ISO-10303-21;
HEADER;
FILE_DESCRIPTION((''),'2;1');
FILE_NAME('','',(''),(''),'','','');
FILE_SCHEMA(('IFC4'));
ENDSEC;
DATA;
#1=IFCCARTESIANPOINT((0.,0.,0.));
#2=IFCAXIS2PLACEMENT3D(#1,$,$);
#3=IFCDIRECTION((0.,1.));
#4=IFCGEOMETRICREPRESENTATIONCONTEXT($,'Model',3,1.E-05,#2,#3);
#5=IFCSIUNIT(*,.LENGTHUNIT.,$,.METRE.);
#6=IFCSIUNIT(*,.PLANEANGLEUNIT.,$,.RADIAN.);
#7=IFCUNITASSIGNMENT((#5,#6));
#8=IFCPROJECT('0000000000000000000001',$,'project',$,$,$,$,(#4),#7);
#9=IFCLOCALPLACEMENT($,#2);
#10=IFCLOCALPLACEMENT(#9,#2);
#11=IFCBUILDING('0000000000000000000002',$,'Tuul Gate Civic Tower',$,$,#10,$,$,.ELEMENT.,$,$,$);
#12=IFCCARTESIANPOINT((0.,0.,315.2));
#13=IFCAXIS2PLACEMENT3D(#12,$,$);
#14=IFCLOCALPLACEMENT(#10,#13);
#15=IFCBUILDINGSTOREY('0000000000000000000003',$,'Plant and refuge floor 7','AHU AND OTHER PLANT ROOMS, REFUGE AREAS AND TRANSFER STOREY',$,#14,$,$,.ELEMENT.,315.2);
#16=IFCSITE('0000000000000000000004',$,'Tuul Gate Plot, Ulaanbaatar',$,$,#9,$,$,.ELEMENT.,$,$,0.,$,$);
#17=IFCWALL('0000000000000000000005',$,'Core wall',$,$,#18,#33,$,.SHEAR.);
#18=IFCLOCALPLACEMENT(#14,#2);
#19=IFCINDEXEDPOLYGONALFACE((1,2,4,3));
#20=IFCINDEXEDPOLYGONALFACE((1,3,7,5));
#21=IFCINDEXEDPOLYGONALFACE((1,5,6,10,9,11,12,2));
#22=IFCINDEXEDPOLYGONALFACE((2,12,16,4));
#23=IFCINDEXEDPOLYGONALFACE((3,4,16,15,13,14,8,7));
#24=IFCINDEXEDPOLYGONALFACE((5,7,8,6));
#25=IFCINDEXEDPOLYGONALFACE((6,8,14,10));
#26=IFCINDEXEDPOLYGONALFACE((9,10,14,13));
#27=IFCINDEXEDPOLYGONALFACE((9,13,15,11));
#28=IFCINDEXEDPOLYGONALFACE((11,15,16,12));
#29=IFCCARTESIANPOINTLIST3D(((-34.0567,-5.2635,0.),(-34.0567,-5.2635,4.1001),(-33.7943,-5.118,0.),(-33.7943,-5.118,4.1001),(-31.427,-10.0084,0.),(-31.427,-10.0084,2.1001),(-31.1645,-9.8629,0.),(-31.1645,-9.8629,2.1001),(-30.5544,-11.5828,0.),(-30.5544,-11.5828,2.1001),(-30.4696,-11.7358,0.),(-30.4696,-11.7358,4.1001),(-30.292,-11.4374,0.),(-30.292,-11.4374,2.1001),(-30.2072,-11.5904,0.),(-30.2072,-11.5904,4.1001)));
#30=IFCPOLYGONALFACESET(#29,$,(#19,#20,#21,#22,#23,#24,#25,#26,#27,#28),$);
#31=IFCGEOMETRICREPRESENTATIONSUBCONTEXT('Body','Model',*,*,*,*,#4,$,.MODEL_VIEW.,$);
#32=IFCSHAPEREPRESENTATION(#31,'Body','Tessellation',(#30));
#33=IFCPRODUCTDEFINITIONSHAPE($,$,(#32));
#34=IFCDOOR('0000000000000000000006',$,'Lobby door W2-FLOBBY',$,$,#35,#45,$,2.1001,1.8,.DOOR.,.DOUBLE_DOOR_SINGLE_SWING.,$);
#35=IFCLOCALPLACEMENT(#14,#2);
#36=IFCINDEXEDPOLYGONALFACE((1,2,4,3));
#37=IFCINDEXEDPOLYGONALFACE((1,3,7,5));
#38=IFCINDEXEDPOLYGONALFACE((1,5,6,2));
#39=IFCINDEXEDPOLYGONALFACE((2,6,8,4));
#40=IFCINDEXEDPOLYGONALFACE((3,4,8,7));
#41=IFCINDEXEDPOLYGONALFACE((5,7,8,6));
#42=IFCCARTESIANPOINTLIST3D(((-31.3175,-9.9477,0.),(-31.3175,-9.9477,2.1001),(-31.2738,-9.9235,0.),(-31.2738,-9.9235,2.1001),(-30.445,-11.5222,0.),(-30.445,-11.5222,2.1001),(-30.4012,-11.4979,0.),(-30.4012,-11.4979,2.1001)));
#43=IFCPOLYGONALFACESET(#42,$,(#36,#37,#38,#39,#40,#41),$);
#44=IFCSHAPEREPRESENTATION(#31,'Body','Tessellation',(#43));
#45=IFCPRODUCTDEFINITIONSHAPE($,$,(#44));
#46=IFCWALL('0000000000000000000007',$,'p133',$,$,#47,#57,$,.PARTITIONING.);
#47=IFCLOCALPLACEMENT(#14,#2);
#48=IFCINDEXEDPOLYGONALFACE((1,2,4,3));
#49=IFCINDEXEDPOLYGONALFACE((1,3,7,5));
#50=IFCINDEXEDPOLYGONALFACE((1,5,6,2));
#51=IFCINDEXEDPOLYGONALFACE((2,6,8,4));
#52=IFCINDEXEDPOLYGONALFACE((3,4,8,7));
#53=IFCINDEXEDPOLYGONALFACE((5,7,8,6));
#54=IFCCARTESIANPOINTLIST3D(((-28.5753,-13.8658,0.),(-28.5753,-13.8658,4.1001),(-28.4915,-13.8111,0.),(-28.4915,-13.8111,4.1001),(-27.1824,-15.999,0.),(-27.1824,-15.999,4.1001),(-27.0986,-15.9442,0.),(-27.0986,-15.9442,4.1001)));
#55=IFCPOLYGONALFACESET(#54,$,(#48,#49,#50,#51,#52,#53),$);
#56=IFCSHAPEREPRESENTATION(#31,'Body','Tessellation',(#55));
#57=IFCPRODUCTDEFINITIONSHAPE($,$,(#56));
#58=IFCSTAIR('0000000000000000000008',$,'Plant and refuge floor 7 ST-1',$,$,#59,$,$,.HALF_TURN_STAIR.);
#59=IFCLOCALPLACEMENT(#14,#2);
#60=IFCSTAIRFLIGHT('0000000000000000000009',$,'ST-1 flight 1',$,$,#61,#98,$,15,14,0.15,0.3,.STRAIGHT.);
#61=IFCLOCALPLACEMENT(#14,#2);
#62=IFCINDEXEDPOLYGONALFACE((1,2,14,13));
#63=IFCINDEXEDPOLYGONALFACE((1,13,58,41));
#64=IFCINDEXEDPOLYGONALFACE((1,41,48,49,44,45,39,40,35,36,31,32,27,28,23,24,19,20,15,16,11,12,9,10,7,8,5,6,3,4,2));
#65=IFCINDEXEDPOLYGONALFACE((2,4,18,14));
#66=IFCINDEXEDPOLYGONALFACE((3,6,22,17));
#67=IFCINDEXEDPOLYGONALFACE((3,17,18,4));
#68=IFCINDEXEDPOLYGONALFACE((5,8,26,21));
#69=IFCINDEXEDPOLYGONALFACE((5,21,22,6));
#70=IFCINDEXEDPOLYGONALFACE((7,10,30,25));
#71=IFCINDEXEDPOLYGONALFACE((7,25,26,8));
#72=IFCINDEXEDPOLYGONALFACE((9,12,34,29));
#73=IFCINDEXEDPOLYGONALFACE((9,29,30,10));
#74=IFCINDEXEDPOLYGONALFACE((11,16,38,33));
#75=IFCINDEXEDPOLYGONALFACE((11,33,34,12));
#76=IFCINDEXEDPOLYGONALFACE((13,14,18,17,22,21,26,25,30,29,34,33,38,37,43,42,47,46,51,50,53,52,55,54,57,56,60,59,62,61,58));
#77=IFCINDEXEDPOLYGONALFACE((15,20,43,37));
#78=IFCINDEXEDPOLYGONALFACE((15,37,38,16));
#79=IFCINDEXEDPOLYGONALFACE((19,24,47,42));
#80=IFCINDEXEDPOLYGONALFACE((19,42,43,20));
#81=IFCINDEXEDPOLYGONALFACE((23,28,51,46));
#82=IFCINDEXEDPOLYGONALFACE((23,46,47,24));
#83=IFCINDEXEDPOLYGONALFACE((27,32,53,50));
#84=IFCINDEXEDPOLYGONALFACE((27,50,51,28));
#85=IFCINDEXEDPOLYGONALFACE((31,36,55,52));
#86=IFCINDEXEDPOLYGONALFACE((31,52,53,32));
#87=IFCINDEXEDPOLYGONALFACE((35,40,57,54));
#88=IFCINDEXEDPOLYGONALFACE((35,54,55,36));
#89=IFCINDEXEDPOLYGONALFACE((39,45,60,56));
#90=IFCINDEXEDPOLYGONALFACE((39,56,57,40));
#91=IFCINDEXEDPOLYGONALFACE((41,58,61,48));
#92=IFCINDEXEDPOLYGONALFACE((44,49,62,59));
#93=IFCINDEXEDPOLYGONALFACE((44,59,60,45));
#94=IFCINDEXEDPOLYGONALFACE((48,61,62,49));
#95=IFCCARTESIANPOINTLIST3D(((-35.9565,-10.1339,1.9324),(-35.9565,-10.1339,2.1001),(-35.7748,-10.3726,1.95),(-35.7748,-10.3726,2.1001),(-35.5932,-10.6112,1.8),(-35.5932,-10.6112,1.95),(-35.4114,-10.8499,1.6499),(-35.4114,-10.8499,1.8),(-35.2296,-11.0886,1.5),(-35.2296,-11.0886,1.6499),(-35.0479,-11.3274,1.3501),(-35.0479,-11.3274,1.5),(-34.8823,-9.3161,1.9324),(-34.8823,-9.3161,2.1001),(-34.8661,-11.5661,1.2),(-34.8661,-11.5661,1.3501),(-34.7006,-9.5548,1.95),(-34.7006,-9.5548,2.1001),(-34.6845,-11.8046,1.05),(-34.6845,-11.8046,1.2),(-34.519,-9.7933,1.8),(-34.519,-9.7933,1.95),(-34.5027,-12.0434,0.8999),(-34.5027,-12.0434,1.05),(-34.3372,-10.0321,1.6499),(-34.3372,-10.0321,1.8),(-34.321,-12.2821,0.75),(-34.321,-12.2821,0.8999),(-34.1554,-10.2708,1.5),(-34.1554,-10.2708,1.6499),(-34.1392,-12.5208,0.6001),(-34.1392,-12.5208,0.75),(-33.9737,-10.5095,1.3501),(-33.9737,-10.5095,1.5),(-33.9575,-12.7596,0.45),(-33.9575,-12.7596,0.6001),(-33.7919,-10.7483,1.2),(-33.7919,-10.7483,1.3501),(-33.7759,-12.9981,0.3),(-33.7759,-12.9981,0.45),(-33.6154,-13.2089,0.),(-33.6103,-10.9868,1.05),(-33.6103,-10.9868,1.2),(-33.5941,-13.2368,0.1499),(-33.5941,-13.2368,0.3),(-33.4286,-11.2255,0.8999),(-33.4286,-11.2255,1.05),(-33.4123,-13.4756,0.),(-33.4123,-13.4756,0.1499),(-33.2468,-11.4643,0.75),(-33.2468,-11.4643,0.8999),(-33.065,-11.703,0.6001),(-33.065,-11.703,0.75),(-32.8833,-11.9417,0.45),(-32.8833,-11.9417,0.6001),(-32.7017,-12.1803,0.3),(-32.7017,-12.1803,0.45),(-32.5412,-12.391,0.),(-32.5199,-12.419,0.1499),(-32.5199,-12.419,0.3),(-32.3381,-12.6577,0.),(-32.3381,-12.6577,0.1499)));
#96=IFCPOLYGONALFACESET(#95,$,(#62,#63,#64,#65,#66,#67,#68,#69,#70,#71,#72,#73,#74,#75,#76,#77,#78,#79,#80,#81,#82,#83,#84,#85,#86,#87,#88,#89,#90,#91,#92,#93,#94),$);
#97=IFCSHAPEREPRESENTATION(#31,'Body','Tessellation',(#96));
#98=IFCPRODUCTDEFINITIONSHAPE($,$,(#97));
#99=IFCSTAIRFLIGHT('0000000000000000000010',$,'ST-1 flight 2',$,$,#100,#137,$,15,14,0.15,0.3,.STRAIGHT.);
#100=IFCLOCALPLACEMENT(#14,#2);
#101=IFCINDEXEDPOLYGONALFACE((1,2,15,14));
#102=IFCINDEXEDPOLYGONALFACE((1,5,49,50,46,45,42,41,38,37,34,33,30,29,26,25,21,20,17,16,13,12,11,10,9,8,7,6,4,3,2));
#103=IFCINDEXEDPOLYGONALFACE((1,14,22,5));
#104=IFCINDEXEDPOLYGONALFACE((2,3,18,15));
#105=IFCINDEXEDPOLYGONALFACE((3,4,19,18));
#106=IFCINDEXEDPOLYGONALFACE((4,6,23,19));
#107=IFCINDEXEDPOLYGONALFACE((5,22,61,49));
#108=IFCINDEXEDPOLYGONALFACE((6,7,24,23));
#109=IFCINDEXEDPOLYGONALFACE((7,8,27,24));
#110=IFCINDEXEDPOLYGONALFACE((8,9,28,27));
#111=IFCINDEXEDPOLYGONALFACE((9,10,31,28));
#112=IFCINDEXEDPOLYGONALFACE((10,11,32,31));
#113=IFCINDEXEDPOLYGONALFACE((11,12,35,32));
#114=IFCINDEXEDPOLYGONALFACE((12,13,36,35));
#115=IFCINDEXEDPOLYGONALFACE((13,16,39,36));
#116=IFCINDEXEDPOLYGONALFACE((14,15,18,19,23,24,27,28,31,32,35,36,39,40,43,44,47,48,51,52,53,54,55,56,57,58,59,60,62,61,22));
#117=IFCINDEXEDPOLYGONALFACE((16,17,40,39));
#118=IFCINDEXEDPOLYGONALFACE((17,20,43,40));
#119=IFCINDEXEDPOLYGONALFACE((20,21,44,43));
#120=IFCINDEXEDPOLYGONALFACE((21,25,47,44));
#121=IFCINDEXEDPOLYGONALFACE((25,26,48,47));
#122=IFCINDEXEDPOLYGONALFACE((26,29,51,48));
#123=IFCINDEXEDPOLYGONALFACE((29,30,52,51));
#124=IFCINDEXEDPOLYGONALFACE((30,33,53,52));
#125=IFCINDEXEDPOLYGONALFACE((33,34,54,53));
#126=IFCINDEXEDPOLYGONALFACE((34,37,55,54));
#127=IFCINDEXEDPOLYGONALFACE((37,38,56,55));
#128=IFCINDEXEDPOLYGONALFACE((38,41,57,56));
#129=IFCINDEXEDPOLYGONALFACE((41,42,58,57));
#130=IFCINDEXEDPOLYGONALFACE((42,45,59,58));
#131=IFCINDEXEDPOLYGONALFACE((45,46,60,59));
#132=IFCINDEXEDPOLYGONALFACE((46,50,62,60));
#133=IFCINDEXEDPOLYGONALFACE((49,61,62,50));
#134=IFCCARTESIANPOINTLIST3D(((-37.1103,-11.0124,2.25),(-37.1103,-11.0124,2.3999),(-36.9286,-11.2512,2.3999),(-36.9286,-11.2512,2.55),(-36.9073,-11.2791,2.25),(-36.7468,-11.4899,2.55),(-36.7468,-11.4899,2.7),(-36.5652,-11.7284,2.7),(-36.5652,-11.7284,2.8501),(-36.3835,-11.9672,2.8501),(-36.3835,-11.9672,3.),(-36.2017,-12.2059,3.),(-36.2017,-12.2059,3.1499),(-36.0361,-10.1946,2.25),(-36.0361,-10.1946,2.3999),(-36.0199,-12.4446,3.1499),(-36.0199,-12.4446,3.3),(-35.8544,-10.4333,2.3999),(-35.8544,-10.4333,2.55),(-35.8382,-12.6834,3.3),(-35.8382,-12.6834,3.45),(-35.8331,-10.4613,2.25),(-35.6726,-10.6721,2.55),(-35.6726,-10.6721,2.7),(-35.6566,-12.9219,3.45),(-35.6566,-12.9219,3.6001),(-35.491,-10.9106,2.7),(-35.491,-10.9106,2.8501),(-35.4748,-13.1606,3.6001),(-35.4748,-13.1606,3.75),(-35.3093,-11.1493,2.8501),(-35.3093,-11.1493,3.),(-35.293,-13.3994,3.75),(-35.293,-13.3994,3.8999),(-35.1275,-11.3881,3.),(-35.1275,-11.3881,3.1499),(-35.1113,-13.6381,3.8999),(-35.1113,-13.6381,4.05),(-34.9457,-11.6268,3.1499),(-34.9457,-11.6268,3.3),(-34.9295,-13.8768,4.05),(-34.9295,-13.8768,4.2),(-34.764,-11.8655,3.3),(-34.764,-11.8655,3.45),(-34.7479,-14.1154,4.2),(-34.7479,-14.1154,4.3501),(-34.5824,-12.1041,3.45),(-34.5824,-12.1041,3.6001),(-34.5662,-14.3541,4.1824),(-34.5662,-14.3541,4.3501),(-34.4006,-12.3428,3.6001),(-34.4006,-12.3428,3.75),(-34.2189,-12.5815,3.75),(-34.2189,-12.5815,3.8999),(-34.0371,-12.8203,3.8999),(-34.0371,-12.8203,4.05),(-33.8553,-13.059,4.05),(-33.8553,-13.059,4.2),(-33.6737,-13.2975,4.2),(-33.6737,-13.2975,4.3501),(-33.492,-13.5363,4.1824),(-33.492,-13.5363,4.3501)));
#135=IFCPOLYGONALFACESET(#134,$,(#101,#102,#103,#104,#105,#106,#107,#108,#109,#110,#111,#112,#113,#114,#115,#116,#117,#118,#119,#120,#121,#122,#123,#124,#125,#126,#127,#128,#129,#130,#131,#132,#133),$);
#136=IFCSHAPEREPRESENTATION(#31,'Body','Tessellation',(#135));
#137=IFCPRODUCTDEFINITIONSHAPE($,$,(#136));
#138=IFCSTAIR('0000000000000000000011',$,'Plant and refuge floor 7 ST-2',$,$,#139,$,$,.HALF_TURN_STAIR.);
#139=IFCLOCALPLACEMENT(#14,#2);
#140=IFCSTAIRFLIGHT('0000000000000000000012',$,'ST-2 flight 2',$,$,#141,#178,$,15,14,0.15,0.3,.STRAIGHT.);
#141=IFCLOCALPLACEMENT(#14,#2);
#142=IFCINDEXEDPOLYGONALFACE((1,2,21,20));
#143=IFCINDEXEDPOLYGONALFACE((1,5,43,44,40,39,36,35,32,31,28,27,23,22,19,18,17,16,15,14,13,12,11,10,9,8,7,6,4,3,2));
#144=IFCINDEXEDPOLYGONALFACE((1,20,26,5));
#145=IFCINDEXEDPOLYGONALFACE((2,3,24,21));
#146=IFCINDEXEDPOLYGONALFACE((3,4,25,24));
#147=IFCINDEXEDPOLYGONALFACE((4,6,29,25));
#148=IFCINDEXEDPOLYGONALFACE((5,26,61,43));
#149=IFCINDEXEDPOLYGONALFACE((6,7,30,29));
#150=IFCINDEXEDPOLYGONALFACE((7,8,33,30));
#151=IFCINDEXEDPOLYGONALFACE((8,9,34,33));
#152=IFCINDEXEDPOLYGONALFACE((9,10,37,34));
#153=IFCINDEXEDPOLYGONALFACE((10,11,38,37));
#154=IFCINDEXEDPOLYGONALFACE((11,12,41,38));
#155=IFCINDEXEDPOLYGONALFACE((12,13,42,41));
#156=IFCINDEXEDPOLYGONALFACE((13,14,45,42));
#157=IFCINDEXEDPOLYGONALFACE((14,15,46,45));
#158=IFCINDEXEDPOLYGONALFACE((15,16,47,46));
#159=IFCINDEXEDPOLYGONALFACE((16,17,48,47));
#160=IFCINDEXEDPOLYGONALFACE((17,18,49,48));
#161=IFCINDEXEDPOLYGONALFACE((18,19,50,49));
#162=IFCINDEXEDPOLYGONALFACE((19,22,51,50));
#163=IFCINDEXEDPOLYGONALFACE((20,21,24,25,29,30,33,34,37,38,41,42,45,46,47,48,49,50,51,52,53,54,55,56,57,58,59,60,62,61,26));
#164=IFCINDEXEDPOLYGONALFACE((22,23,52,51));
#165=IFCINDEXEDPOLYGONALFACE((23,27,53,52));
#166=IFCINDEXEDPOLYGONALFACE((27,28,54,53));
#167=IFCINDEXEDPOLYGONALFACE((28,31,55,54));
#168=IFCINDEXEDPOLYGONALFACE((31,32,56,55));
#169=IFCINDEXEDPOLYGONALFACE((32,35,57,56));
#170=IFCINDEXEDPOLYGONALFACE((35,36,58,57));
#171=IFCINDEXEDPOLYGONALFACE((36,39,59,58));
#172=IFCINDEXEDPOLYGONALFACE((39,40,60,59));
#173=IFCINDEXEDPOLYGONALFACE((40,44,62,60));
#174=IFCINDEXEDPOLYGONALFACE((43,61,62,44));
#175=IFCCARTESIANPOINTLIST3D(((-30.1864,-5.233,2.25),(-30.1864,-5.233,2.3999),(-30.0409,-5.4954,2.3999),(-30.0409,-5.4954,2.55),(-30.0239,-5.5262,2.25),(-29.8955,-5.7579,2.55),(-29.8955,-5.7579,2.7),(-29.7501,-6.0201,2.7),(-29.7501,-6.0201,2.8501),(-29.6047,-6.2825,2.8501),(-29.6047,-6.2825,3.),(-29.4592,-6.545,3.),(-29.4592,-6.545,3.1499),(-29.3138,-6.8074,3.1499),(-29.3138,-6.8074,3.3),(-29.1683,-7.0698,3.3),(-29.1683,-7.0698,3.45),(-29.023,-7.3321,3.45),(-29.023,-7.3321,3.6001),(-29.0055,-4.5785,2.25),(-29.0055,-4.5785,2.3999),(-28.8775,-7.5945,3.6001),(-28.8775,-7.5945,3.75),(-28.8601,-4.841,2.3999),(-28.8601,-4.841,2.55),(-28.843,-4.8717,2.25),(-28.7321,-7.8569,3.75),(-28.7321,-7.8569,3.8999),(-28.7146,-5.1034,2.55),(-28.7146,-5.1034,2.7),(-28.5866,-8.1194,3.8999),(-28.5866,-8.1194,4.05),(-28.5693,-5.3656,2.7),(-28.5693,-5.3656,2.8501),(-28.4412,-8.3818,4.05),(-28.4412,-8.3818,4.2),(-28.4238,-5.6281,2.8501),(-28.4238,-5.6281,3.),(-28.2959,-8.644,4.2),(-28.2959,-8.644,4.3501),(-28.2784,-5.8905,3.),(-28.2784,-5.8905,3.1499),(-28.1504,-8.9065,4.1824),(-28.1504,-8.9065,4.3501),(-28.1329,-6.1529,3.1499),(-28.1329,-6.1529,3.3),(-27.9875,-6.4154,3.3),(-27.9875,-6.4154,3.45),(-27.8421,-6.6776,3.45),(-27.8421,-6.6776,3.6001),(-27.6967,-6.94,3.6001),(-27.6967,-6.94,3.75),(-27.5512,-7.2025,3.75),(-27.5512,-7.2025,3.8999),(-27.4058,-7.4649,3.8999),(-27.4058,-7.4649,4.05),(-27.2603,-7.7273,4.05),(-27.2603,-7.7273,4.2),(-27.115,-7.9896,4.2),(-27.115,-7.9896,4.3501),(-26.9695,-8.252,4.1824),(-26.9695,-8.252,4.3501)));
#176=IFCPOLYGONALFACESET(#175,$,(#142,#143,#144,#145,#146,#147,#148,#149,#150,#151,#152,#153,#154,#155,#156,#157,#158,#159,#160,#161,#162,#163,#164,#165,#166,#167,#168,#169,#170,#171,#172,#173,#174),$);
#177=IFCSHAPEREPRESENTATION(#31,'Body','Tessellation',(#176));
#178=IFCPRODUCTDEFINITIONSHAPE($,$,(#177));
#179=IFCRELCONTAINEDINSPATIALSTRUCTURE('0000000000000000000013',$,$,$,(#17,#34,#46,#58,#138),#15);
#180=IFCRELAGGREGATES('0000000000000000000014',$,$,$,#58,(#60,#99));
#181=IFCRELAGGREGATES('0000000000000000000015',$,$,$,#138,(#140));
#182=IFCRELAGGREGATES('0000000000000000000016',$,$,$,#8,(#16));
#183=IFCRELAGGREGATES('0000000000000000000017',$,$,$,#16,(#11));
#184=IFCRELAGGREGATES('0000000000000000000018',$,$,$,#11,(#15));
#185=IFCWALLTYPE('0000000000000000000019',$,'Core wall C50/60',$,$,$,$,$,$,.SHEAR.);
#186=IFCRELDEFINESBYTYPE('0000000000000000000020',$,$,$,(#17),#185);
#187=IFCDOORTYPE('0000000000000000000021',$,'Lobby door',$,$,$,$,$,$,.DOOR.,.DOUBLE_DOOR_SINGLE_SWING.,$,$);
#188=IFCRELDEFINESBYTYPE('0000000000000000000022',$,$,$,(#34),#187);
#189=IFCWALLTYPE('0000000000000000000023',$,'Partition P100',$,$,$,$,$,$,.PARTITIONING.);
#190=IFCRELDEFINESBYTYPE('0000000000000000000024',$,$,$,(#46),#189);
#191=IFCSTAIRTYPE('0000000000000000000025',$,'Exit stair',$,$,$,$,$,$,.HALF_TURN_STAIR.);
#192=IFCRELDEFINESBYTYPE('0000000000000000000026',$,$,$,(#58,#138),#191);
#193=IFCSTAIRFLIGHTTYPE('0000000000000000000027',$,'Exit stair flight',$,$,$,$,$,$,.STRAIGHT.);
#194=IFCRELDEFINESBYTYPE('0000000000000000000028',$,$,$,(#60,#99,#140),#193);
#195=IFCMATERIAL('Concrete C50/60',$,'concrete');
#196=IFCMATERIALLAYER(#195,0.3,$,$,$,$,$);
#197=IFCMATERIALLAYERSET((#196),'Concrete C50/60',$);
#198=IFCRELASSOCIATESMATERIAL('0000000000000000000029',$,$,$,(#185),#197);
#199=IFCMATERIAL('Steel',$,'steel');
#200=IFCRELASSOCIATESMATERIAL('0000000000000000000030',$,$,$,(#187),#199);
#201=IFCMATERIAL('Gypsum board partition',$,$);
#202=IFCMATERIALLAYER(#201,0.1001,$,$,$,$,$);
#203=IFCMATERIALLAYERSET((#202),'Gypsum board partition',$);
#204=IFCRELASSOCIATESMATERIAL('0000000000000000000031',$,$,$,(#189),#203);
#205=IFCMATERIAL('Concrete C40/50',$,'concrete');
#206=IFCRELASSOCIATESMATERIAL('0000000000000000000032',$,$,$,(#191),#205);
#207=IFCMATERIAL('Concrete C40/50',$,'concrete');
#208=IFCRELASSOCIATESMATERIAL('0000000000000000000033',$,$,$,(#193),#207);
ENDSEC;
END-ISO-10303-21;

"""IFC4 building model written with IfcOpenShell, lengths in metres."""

from ifc_helpers import new_model, si_unit, direction, frame, frame_2d, origin, place, context, subcontext, project, spatial, polyline, rectangle, outline, extrude, material, layer, layer_set, type_object, element, fill, aggregate, save


model = new_model("IFC4")

# Units and contexts
model_context = context("Model", 3, precision=1e-05, world=origin(), true_north=direction((0.0, 1.0)))
body_context = subcontext(model_context, "Body", "Model", "MODEL_VIEW")
ifc_project = project(units=[si_unit("LENGTHUNIT", "METRE"), si_unit("PLANEANGLEUNIT", "RADIAN")], contexts=[model_context])

# Site, building, storey
site_placement = place(None, origin())
site = spatial("IfcSite", under=ifc_project, at=site_placement, Name="Tuul Gate Plot, Ulaanbaatar", CompositionType="ELEMENT", RefElevation=0.0)
building_placement = place(site_placement, origin())
building = spatial("IfcBuilding", under=site, at=building_placement, Name="Tuul Gate Civic Tower", CompositionType="ELEMENT")
storey_placement = place(building_placement, frame((0.0, 0.0, 315.2)))
storey = spatial("IfcBuildingStorey", under=building, at=storey_placement, Name="Plant and refuge floor 7", Description="AHU AND OTHER PLANT ROOMS, REFUGE AREAS AND TRANSFER STOREY", CompositionType="ELEMENT", Elevation=315.2)

# Shared definitions
ifc_material_1 = material(Name="Concrete C50/60", Category="concrete")
ifc_layer_1 = layer(ifc_material_1, 0.3)
ifc_layer_set_1 = layer_set([ifc_layer_1], Name="Concrete C50/60")
wall_type_1 = type_object("IfcWallType", Name="Core wall C50/60", PredefinedType="SHEAR", material=ifc_layer_set_1)
ifc_material_2 = material(Name="Steel", Category="steel")
door_type_1 = type_object("IfcDoorType", Name="Lobby door", OperationType="DOUBLE_DOOR_SINGLE_SWING", PredefinedType="DOOR", material=ifc_material_2)

# Wall, opening, door
wall_1_placement = place(storey_placement, frame((-30.3384, -11.6631, 0.0), z_axis=(0.0, 0.0, 1.0), x_axis=(-0.484752, 0.874652, 0.0)))
wall_1 = element("IfcWall", 1, at=wall_1_placement, inside=storey, type_object=wall_type_1, Name="Core wall", PredefinedType="SHEAR", context=body_context, shape_type="SweptSolid", body=[
    extrude(rectangle(XDim=7.3999, YDim=0.3, at=frame_2d((3.7, 0.0))), origin(), (0.0, 0.0, 1.0), 4.1001),
])
opening_1_placement = place(wall_1_placement, frame((0.175, 0.0, 0.0)))
opening_1 = element("IfcOpeningElement", 2, at=opening_1_placement, cuts=wall_1, PredefinedType="OPENING", context=body_context, shape_type="SweptSolid", body=[
    extrude(rectangle(XDim=1.8, YDim=2.1001, at=frame_2d((0.8999, 1.05))), frame((0.0, 0.1602, 0.0), z_axis=(0.0, -1.0, 0.0), x_axis=(1.0, 0.0, 0.0)), (0.0, 0.0, 1.0), 0.3201),
])
door_1_placement = place(opening_1_placement, origin())
door_1 = element("IfcDoor", 3, at=door_1_placement, inside=storey, type_object=door_type_1, Name="Lobby door W2-FLOBBY", OperationType="DOUBLE_DOOR_SINGLE_SWING", OverallHeight=2.1001, OverallWidth=1.8, PredefinedType="DOOR", context=body_context, shape_type="SweptSolid", body=[
    extrude(rectangle(XDim=1.8, YDim=2.1001, at=frame_2d((0.8999, 1.05))), frame((0.0, 0.0249, 0.0), z_axis=(0.0, -1.0, 0.0), x_axis=(1.0, 0.0, 0.0)), (0.0, 0.0, 1.0), 0.05),
])
fill(opening_1, door_1)

# Wall
ifc_material_3 = material(Name="Gypsum board partition")
ifc_layer_2 = layer(ifc_material_3, 0.1001)
ifc_layer_set_2 = layer_set([ifc_layer_2], Name="Gypsum board partition")
wall_type_2 = type_object("IfcWallType", Name="Partition P100", PredefinedType="PARTITIONING", material=ifc_layer_set_2)
wall_2_placement = place(storey_placement, frame((-28.5334, -13.8384, 0.0), z_axis=(0.0, 0.0, 1.0), x_axis=(0.546735, -0.837305, 0.0)))
element("IfcWall", 4, at=wall_2_placement, inside=storey, type_object=wall_type_2, Name="p133", PredefinedType="PARTITIONING", context=body_context, shape_type="SweptSolid", body=[
    extrude(rectangle(XDim=2.5476, YDim=0.1001, at=frame_2d((1.2739, 0.0))), origin(), (0.0, 0.0, 1.0), 4.1001),
])

# Stair, stair flights
ifc_material_4 = material(Name="Concrete C40/50", Category="concrete")
stair_type = type_object("IfcStairType", Name="Exit stair", PredefinedType="HALF_TURN_STAIR", material=ifc_material_4)
stair_1_placement = place(storey_placement, origin())
stair_1 = element("IfcStair", 5, at=stair_1_placement, inside=storey, type_object=stair_type, Name="Plant and refuge floor 7 ST-1", PredefinedType="HALF_TURN_STAIR")
ifc_material_5 = material(Name="Concrete C40/50", Category="concrete")
stair_flight_type = type_object("IfcStairFlightType", Name="Exit stair flight", PredefinedType="STRAIGHT", material=ifc_material_5)
stair_flight_1_placement = place(storey_placement, frame((-32.8752, -13.0667, 0.0), z_axis=(0.0, 0.0, 1.0), x_axis=(-0.605764, 0.795644, 0.0)))
stair_flight_1 = element("IfcStairFlight", 6, at=stair_flight_1_placement, type_object=stair_flight_type, Name="ST-1 flight 1", NumberOfRisers=15, NumberOfTreads=14, PredefinedType="STRAIGHT", RiserHeight=0.15, TreadLength=0.3, context=body_context, shape_type="SweptSolid", body=[
    extrude(outline(polyline([(0.0, 0.0), (0.0, 0.1499), (0.3, 0.1499), (0.3, 0.3), (0.6001, 0.3), (0.6001, 0.45), (0.8999, 0.45), (0.8999, 0.6001), (1.2, 0.6001), (1.2, 0.75), (1.5, 0.75), (1.5, 0.8999), (1.8, 0.8999), (1.8, 1.05), (2.1001, 1.05), (2.1001, 1.2), (2.3999, 1.2), (2.3999, 1.3501), (2.7, 1.3501), (2.7, 1.5), (3.0, 1.5), (3.0, 1.6499), (3.3, 1.6499), (3.3, 1.8), (3.6001, 1.8), (3.6001, 1.95), (3.8999, 1.95), (3.8999, 2.1001), (4.2, 2.1001), (4.2, 2.25), (4.2, 1.9324), (0.3352, 0.0), (0.0, 0.0)])), frame((0.0, 0.675, 0.0), z_axis=(0.0, -1.0, 0.0), x_axis=(1.0, 0.0, 0.0)), (0.0, 0.0, 1.0), 1.3501),
])
stair_flight_2_placement = place(storey_placement, frame((-36.5732, -10.6035, 2.25), z_axis=(0.0, 0.0, 1.0), x_axis=(0.605764, -0.795644, 0.0)))
stair_flight_2 = element("IfcStairFlight", 7, at=stair_flight_2_placement, type_object=stair_flight_type, Name="ST-1 flight 2", NumberOfRisers=15, NumberOfTreads=14, PredefinedType="STRAIGHT", RiserHeight=0.15, TreadLength=0.3, context=body_context, shape_type="SweptSolid", body=[
    extrude(outline(polyline([(0.0, 0.0), (0.0, 0.1499), (0.3, 0.1499), (0.3, 0.3), (0.6001, 0.3), (0.6001, 0.45), (0.8999, 0.45), (0.8999, 0.6001), (1.2, 0.6001), (1.2, 0.75), (1.5, 0.75), (1.5, 0.8999), (1.8, 0.8999), (1.8, 1.05), (2.1001, 1.05), (2.1001, 1.2), (2.3999, 1.2), (2.3999, 1.3501), (2.7, 1.3501), (2.7, 1.5), (3.0, 1.5), (3.0, 1.6499), (3.3, 1.6499), (3.3, 1.8), (3.6001, 1.8), (3.6001, 1.95), (3.8999, 1.95), (3.8999, 2.1001), (4.2, 2.1001), (4.2, 2.25), (4.2, 1.9324), (0.3352, 0.0), (0.0, 0.0)])), frame((0.0, 0.675, 0.0), z_axis=(0.0, -1.0, 0.0), x_axis=(1.0, 0.0, 0.0)), (0.0, 0.0, 1.0), 1.3501),
])
aggregate(stair_1, [stair_flight_1, stair_flight_2])

# Stair, stair flight
stair_2_placement = place(storey_placement, origin())
stair_2 = element("IfcStair", 8, at=stair_2_placement, inside=storey, type_object=stair_type, Name="Plant and refuge floor 7 ST-2", PredefinedType="HALF_TURN_STAIR")
stair_flight_3_placement = place(storey_placement, frame((-29.5959, -4.9058, 2.25), z_axis=(0.0, 0.0, 1.0), x_axis=(0.484762, -0.874646, 0.0)))
stair_flight_3 = element("IfcStairFlight", 9, at=stair_flight_3_placement, type_object=stair_flight_type, Name="ST-2 flight 2", NumberOfRisers=15, NumberOfTreads=14, PredefinedType="STRAIGHT", RiserHeight=0.15, TreadLength=0.3, context=body_context, shape_type="SweptSolid", body=[
    extrude(outline(polyline([(0.0, 0.0), (0.0, 0.1499), (0.3, 0.1499), (0.3, 0.3), (0.6001, 0.3), (0.6001, 0.45), (0.8999, 0.45), (0.8999, 0.6001), (1.2, 0.6001), (1.2, 0.75), (1.5, 0.75), (1.5, 0.8999), (1.8, 0.8999), (1.8, 1.05), (2.1001, 1.05), (2.1001, 1.2), (2.3999, 1.2), (2.3999, 1.3501), (2.7, 1.3501), (2.7, 1.5), (3.0, 1.5), (3.0, 1.6499), (3.3, 1.6499), (3.3, 1.8), (3.6001, 1.8), (3.6001, 1.95), (3.8999, 1.95), (3.8999, 2.1001), (4.2, 2.1001), (4.2, 2.25), (4.2, 1.9324), (0.3352, 0.0), (0.0, 0.0)])), frame((0.0, 0.675, 0.0), z_axis=(0.0, -1.0, 0.0), x_axis=(1.0, 0.0, 0.0)), (0.0, 0.0, 1.0), 1.3501),
])
aggregate(stair_2, [stair_flight_3])

save(model, "model.ifc")
